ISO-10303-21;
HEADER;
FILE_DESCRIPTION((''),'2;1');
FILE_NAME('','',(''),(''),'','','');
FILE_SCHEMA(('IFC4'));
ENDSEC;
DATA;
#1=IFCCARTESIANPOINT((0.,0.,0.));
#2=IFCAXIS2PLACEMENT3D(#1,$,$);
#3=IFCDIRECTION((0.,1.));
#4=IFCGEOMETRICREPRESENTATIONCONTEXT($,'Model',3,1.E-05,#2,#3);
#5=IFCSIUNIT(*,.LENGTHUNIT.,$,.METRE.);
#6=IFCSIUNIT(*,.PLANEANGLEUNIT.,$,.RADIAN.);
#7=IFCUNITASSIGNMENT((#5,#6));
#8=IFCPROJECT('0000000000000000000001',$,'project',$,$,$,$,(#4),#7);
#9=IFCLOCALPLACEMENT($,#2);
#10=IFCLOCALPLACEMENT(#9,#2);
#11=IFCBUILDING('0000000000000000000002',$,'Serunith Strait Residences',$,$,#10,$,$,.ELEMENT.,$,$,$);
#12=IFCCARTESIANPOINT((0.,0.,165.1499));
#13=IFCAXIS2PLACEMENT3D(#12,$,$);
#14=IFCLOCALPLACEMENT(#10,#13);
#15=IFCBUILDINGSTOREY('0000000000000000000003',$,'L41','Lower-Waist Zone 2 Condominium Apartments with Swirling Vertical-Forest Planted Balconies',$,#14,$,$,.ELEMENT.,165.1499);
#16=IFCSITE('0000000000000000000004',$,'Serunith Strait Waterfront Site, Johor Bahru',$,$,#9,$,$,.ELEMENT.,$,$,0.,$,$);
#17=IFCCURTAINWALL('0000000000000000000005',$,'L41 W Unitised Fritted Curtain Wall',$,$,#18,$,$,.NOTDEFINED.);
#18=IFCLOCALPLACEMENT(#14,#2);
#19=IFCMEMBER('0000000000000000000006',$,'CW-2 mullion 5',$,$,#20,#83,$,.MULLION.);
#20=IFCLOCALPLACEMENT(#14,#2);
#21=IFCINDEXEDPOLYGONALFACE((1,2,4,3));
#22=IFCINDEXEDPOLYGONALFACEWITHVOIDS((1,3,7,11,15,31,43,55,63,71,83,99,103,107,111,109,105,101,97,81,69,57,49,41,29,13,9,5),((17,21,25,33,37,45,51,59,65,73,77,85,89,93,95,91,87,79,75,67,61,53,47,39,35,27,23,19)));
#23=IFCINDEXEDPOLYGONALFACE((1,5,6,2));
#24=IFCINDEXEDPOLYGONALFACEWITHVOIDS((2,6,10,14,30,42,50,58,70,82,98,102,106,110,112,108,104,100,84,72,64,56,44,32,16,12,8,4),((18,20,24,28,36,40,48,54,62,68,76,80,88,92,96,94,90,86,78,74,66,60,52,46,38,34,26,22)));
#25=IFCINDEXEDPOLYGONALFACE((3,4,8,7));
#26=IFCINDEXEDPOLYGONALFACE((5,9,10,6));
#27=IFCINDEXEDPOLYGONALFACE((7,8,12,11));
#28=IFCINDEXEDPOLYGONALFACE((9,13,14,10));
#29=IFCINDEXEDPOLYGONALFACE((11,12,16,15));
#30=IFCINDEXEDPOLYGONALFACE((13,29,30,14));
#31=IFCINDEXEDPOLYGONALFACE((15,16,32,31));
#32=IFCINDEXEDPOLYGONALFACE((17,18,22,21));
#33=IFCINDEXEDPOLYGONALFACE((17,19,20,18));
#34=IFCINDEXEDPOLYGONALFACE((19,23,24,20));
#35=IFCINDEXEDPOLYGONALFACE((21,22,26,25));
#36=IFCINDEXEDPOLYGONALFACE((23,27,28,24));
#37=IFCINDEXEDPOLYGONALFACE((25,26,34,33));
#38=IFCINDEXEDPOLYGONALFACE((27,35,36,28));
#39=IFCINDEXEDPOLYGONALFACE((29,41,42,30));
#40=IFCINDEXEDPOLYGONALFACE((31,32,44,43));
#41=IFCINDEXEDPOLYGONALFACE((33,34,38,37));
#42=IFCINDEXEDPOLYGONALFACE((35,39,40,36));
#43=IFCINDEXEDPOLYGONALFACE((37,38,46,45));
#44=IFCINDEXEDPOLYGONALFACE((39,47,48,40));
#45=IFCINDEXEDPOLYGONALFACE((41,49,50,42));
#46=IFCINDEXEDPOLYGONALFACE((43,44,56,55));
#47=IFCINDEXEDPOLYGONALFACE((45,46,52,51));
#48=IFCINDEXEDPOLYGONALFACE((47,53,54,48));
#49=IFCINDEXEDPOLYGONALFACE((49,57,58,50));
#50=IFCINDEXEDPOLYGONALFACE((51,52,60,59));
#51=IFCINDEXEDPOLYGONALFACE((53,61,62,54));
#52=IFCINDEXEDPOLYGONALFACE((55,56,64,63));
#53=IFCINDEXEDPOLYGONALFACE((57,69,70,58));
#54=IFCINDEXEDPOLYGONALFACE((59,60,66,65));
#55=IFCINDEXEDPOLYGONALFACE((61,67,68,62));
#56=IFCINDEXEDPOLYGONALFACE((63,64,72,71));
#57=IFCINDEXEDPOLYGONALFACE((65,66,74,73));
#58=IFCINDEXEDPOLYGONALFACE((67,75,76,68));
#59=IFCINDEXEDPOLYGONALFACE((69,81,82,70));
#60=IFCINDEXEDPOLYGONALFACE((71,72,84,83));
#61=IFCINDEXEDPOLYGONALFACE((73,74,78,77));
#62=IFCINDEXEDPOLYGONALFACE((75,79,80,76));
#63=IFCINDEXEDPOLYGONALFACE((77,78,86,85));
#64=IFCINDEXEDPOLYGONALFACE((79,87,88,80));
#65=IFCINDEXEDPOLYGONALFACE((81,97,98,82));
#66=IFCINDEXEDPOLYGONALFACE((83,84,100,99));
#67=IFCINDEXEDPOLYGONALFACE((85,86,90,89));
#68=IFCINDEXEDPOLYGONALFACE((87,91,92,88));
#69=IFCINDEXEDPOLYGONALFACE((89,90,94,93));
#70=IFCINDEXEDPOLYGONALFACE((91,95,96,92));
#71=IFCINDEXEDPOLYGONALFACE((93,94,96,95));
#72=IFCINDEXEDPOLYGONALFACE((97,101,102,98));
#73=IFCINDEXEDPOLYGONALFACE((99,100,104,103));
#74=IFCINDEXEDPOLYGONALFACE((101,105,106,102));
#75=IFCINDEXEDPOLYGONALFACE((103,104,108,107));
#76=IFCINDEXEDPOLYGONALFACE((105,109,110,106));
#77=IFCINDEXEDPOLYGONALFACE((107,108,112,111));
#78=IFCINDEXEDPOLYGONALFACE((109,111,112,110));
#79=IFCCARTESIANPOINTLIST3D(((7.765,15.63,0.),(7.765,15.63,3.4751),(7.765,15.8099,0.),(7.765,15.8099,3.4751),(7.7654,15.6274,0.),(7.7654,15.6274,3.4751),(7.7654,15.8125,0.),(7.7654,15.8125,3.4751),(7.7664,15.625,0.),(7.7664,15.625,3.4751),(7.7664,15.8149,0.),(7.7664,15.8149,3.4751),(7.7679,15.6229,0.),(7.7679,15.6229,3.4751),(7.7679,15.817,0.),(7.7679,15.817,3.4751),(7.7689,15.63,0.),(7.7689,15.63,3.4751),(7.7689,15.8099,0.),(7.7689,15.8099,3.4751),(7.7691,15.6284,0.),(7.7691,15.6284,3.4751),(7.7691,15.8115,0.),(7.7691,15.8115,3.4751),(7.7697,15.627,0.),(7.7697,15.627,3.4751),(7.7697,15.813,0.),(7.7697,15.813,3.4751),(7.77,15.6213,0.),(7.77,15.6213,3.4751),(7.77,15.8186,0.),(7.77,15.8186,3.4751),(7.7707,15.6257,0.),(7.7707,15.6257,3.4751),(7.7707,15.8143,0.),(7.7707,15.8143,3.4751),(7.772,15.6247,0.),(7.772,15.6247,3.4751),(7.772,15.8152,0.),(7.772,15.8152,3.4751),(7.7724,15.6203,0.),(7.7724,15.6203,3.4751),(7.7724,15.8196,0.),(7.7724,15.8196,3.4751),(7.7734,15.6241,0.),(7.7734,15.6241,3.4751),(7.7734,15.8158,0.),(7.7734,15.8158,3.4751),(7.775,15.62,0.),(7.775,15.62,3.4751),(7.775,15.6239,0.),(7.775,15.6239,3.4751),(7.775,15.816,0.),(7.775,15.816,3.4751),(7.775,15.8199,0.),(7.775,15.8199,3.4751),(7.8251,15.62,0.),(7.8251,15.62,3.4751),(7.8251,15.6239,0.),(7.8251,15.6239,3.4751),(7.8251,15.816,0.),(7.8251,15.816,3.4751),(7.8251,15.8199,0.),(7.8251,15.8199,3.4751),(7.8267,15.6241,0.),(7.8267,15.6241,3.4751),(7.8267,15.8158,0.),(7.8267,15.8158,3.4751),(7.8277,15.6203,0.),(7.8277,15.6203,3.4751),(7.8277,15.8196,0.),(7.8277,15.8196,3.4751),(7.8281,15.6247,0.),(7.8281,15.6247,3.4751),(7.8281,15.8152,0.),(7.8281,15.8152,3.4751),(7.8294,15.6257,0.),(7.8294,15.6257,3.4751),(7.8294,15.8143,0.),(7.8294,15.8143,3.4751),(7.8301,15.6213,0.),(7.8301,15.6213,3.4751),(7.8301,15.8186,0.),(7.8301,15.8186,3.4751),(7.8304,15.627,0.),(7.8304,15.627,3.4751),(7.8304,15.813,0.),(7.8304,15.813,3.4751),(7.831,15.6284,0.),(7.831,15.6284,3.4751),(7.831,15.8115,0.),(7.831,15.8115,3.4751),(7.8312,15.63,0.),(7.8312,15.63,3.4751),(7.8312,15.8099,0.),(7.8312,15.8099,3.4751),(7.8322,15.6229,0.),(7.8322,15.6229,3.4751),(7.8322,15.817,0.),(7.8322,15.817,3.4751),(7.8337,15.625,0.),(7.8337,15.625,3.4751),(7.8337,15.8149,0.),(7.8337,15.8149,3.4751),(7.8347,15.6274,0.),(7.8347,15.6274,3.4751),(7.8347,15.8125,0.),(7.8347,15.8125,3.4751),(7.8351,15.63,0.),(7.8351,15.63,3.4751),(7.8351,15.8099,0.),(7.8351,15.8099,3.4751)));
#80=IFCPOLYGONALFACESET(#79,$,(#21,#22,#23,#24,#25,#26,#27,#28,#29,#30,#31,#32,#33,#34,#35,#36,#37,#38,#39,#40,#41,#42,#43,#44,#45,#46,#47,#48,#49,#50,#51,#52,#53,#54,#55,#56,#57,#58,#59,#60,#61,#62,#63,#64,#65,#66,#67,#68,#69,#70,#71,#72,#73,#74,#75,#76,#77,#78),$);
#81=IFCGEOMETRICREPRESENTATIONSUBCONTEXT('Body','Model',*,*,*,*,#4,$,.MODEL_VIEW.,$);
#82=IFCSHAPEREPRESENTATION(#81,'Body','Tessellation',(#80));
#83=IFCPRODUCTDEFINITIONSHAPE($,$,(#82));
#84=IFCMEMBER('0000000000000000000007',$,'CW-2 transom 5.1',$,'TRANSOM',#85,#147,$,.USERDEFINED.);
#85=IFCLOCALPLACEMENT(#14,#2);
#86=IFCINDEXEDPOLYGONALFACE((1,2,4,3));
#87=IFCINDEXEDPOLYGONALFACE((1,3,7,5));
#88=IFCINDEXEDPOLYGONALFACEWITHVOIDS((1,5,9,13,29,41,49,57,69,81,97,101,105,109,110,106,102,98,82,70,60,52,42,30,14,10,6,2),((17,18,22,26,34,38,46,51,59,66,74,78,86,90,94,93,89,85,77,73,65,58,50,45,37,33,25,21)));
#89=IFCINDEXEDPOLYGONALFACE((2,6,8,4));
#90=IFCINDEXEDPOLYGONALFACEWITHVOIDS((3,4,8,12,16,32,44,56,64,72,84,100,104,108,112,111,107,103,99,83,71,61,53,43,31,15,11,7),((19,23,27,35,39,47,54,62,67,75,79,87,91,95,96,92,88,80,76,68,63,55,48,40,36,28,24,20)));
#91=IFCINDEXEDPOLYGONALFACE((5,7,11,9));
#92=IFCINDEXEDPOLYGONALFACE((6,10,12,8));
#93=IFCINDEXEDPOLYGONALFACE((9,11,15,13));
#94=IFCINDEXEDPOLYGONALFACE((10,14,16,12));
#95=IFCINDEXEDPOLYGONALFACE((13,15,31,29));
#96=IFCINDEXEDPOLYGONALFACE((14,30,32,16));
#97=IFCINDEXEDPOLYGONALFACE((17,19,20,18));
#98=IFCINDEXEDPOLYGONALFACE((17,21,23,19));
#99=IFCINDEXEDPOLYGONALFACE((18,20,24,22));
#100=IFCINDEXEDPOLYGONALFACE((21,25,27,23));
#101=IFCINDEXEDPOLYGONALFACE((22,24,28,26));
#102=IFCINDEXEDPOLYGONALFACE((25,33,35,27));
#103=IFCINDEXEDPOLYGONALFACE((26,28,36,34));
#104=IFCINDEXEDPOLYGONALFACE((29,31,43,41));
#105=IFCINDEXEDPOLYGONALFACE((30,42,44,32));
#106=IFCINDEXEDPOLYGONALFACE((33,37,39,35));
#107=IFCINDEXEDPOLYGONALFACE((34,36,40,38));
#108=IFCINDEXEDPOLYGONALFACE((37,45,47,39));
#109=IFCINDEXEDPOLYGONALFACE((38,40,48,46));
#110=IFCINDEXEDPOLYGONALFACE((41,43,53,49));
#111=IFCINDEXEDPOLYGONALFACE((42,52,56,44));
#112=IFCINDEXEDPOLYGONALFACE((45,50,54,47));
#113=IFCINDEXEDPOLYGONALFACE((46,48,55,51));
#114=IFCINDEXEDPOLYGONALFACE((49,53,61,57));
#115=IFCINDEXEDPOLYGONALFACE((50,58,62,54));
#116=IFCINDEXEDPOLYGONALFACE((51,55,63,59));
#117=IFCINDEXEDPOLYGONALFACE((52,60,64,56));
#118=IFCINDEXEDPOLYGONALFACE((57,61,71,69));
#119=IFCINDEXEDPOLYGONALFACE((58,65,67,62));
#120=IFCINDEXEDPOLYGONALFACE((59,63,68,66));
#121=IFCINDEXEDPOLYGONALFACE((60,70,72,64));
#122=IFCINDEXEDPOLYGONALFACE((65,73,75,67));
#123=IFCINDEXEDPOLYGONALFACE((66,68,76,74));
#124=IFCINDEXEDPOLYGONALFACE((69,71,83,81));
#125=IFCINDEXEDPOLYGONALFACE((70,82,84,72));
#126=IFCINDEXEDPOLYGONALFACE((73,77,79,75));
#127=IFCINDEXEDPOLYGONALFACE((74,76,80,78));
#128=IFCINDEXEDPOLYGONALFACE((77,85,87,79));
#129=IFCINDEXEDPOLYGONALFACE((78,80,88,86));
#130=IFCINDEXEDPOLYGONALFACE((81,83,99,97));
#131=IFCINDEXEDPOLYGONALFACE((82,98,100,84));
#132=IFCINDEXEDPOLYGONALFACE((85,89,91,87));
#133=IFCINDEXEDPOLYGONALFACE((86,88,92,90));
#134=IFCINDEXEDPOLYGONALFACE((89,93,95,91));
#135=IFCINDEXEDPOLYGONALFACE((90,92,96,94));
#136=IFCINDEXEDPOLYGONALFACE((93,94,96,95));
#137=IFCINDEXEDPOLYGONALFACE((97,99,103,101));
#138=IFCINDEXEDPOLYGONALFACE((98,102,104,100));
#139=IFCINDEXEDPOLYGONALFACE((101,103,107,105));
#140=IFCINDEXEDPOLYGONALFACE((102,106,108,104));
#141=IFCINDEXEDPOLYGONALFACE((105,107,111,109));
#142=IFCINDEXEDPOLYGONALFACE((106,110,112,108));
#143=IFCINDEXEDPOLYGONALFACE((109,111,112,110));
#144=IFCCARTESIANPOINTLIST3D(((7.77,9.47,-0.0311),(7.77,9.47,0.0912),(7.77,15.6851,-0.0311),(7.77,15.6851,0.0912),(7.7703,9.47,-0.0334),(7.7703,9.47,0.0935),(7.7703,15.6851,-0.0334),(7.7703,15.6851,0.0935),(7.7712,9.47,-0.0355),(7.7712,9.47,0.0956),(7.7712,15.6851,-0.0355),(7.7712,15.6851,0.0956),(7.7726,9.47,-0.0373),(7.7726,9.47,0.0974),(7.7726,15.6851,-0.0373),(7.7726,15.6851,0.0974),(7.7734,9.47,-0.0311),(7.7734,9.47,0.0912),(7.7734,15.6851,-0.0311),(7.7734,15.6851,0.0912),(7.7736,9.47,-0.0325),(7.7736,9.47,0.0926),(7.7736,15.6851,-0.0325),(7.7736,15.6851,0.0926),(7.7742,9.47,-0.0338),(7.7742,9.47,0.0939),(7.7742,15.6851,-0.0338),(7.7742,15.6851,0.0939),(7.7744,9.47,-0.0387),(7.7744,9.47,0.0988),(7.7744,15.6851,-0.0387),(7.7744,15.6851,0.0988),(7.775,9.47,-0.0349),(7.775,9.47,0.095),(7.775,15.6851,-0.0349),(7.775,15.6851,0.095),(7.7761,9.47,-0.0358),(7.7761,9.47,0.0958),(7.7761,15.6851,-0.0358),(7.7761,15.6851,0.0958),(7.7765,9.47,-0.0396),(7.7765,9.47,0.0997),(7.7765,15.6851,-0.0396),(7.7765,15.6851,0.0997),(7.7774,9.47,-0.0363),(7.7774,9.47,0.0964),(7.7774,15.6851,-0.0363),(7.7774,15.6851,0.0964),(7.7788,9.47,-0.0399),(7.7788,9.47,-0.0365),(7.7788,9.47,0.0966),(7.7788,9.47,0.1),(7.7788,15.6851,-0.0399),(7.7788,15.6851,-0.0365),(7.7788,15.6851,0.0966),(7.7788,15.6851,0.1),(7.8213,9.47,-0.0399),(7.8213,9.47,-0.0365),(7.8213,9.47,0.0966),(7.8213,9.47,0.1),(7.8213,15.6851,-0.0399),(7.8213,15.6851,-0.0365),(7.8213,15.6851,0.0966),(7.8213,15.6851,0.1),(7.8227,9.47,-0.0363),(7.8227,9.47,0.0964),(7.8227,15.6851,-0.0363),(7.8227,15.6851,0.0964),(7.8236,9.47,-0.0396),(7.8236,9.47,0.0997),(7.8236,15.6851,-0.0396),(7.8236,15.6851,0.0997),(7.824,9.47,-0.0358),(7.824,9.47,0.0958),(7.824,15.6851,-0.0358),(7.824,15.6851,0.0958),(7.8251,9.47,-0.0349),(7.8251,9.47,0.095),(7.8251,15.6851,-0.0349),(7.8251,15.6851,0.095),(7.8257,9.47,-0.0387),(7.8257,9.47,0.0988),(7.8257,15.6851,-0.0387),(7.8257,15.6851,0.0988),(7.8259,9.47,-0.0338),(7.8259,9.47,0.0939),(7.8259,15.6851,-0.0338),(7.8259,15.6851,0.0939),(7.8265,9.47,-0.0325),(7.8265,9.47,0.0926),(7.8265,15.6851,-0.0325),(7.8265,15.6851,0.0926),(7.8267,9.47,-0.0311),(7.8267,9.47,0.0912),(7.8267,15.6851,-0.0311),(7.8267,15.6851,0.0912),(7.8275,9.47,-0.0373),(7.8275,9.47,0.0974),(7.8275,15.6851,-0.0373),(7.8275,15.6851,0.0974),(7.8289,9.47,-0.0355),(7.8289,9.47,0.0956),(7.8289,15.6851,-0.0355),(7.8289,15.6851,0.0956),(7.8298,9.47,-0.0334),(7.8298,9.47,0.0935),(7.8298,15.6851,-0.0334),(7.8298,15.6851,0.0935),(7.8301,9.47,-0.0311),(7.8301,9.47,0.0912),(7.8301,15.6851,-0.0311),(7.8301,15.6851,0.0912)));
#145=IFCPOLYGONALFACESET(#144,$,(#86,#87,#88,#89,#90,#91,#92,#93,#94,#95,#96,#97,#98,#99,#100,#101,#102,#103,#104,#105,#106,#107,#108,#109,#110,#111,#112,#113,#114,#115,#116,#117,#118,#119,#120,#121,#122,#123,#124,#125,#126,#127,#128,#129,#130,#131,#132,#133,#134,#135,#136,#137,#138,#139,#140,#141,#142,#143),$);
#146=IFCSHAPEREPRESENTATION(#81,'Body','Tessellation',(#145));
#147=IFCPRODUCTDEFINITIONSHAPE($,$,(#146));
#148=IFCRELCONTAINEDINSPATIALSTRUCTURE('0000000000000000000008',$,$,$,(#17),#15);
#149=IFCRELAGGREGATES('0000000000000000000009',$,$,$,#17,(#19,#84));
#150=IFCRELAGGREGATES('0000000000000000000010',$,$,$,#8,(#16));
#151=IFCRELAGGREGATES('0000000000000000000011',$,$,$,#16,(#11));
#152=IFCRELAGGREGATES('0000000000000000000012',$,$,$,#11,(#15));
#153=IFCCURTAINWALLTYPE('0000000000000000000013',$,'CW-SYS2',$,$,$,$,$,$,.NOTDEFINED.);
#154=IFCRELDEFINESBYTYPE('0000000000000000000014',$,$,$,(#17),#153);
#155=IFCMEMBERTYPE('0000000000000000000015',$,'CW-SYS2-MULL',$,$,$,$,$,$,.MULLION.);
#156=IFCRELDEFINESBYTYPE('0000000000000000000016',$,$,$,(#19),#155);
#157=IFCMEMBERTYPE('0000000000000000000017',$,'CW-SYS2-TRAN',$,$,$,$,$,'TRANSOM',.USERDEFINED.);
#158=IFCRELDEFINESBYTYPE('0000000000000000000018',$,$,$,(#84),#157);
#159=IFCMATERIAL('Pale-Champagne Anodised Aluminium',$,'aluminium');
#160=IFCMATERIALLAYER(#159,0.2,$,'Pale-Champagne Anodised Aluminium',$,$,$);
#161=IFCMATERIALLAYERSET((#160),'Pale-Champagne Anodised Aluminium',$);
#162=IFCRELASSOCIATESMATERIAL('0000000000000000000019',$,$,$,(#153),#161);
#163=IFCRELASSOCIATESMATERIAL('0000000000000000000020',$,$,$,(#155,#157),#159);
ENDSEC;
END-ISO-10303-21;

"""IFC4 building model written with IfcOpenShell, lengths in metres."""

from ifc_helpers import new_model, si_unit, direction, frame, origin, origin_2d, place, context, subcontext, project, spatial, hollow_rectangle, extrude, source, transform, mapped, material, layer, layer_set, material_profile, profile_set, type_object, element, aggregate, save


model = new_model("IFC4")

# Units and contexts
model_context = context("Model", 3, precision=1e-05, world=origin(), true_north=direction((0.0, 1.0)))
body_context = subcontext(model_context, "Body", "Model", "MODEL_VIEW")
ifc_project = project(units=[si_unit("LENGTHUNIT", "METRE"), si_unit("PLANEANGLEUNIT", "RADIAN")], contexts=[model_context])

# Site, building, storey
site_placement = place(None, origin())
site = spatial("IfcSite", under=ifc_project, at=site_placement, Name="Serunith Strait Waterfront Site, Johor Bahru", CompositionType="ELEMENT", RefElevation=0.0)
building_placement = place(site_placement, origin())
building = spatial("IfcBuilding", under=site, at=building_placement, Name="Serunith Strait Residences", CompositionType="ELEMENT")
storey_placement = place(building_placement, frame((0.0, 0.0, 165.1499)))
storey = spatial("IfcBuildingStorey", under=building, at=storey_placement, Name="L41", Description="Lower-Waist Zone 2 Condominium Apartments with Swirling Vertical-Forest Planted Balconies", CompositionType="ELEMENT", Elevation=165.1499)

# Curtain wall, members
ifc_material_1 = material(Name="Pale-Champagne Anodised Aluminium", Category="aluminium")
ifc_layer_1 = layer(ifc_material_1, 0.2, Name="Pale-Champagne Anodised Aluminium")
ifc_layer_set_1 = layer_set([ifc_layer_1], Name="Pale-Champagne Anodised Aluminium")
curtain_wall_type = type_object("IfcCurtainWallType", Name="CW-SYS2", PredefinedType="NOTDEFINED", material=ifc_layer_set_1)
curtain_wall_placement = place(storey_placement, origin())
curtain_wall = element("IfcCurtainWall", 1, at=curtain_wall_placement, inside=storey, type_object=curtain_wall_type, Name="L41 W Unitised Fritted Curtain Wall", PredefinedType="NOTDEFINED")
ifc_material_profile_1 = material_profile(ifc_material_1, hollow_rectangle(XDim=0.0701, YDim=0.2, WallThickness=0.0039, InnerFilletRadius=0.0061, OuterFilletRadius=0.01, at=origin_2d()), Name="ALU 200x70x4")
ifc_profile_set_1 = profile_set([ifc_material_profile_1], Name="Pale-Champagne Anodised Aluminium")
member_type_1 = type_object("IfcMemberType", Name="CW-SYS2-MULL", PredefinedType="MULLION", material=ifc_profile_set_1)
shared_shape_1 = source(origin(), body_context, "Body", "SweptSolid", [
    extrude(hollow_rectangle(XDim=0.0701, YDim=0.2, WallThickness=0.0039, InnerFilletRadius=0.0061, OuterFilletRadius=0.01, at=origin_2d()), origin(), (0.0, 0.0, 1.0), 3.4751),
])
member_1_placement = place(storey_placement, frame((7.8, 15.72, 0.0), z_axis=(0.0, 0.0, 1.0), x_axis=(1.0, 0.0, 0.0)))
member_1 = element("IfcMember", 2, at=member_1_placement, type_object=member_type_1, Name="CW-2 mullion 5", PredefinedType="MULLION", context=body_context, shape_type="MappedRepresentation", body=[
    mapped(shared_shape_1, transform((0.0, 0.0, 0.0), scale=1.0)),
])
ifc_material_profile_2 = material_profile(ifc_material_1, hollow_rectangle(XDim=0.0601, YDim=0.1399, WallThickness=0.0034, InnerFilletRadius=0.0054, OuterFilletRadius=0.0088, at=origin_2d()), Name="ALU 140x60x3.5")
ifc_profile_set_2 = profile_set([ifc_material_profile_2], Name="Pale-Champagne Anodised Aluminium")
member_type_2 = type_object("IfcMemberType", Name="CW-SYS2-TRAN", ElementType="TRANSOM", PredefinedType="USERDEFINED", material=ifc_profile_set_2)
shared_shape_2 = source(origin(), body_context, "Body", "SweptSolid", [
    extrude(hollow_rectangle(XDim=0.0601, YDim=0.1399, WallThickness=0.0034, InnerFilletRadius=0.0054, OuterFilletRadius=0.0088, at=origin_2d()), origin(), (0.0, 0.0, 1.0), 6.2151),
])
member_2_placement = place(storey_placement, frame((7.8, 15.6851, 0.03), z_axis=(0.0, -1.0, 0.0), x_axis=(1.0, 0.0, 0.0)))
member_2 = element("IfcMember", 3, at=member_2_placement, type_object=member_type_2, Name="CW-2 transom 5.1", ObjectType="TRANSOM", PredefinedType="USERDEFINED", context=body_context, shape_type="MappedRepresentation", body=[
    mapped(shared_shape_2, transform((0.0, 0.0, 0.0), scale=1.0)),
])
aggregate(curtain_wall, [member_1, member_2])

save(model, "model.ifc")
